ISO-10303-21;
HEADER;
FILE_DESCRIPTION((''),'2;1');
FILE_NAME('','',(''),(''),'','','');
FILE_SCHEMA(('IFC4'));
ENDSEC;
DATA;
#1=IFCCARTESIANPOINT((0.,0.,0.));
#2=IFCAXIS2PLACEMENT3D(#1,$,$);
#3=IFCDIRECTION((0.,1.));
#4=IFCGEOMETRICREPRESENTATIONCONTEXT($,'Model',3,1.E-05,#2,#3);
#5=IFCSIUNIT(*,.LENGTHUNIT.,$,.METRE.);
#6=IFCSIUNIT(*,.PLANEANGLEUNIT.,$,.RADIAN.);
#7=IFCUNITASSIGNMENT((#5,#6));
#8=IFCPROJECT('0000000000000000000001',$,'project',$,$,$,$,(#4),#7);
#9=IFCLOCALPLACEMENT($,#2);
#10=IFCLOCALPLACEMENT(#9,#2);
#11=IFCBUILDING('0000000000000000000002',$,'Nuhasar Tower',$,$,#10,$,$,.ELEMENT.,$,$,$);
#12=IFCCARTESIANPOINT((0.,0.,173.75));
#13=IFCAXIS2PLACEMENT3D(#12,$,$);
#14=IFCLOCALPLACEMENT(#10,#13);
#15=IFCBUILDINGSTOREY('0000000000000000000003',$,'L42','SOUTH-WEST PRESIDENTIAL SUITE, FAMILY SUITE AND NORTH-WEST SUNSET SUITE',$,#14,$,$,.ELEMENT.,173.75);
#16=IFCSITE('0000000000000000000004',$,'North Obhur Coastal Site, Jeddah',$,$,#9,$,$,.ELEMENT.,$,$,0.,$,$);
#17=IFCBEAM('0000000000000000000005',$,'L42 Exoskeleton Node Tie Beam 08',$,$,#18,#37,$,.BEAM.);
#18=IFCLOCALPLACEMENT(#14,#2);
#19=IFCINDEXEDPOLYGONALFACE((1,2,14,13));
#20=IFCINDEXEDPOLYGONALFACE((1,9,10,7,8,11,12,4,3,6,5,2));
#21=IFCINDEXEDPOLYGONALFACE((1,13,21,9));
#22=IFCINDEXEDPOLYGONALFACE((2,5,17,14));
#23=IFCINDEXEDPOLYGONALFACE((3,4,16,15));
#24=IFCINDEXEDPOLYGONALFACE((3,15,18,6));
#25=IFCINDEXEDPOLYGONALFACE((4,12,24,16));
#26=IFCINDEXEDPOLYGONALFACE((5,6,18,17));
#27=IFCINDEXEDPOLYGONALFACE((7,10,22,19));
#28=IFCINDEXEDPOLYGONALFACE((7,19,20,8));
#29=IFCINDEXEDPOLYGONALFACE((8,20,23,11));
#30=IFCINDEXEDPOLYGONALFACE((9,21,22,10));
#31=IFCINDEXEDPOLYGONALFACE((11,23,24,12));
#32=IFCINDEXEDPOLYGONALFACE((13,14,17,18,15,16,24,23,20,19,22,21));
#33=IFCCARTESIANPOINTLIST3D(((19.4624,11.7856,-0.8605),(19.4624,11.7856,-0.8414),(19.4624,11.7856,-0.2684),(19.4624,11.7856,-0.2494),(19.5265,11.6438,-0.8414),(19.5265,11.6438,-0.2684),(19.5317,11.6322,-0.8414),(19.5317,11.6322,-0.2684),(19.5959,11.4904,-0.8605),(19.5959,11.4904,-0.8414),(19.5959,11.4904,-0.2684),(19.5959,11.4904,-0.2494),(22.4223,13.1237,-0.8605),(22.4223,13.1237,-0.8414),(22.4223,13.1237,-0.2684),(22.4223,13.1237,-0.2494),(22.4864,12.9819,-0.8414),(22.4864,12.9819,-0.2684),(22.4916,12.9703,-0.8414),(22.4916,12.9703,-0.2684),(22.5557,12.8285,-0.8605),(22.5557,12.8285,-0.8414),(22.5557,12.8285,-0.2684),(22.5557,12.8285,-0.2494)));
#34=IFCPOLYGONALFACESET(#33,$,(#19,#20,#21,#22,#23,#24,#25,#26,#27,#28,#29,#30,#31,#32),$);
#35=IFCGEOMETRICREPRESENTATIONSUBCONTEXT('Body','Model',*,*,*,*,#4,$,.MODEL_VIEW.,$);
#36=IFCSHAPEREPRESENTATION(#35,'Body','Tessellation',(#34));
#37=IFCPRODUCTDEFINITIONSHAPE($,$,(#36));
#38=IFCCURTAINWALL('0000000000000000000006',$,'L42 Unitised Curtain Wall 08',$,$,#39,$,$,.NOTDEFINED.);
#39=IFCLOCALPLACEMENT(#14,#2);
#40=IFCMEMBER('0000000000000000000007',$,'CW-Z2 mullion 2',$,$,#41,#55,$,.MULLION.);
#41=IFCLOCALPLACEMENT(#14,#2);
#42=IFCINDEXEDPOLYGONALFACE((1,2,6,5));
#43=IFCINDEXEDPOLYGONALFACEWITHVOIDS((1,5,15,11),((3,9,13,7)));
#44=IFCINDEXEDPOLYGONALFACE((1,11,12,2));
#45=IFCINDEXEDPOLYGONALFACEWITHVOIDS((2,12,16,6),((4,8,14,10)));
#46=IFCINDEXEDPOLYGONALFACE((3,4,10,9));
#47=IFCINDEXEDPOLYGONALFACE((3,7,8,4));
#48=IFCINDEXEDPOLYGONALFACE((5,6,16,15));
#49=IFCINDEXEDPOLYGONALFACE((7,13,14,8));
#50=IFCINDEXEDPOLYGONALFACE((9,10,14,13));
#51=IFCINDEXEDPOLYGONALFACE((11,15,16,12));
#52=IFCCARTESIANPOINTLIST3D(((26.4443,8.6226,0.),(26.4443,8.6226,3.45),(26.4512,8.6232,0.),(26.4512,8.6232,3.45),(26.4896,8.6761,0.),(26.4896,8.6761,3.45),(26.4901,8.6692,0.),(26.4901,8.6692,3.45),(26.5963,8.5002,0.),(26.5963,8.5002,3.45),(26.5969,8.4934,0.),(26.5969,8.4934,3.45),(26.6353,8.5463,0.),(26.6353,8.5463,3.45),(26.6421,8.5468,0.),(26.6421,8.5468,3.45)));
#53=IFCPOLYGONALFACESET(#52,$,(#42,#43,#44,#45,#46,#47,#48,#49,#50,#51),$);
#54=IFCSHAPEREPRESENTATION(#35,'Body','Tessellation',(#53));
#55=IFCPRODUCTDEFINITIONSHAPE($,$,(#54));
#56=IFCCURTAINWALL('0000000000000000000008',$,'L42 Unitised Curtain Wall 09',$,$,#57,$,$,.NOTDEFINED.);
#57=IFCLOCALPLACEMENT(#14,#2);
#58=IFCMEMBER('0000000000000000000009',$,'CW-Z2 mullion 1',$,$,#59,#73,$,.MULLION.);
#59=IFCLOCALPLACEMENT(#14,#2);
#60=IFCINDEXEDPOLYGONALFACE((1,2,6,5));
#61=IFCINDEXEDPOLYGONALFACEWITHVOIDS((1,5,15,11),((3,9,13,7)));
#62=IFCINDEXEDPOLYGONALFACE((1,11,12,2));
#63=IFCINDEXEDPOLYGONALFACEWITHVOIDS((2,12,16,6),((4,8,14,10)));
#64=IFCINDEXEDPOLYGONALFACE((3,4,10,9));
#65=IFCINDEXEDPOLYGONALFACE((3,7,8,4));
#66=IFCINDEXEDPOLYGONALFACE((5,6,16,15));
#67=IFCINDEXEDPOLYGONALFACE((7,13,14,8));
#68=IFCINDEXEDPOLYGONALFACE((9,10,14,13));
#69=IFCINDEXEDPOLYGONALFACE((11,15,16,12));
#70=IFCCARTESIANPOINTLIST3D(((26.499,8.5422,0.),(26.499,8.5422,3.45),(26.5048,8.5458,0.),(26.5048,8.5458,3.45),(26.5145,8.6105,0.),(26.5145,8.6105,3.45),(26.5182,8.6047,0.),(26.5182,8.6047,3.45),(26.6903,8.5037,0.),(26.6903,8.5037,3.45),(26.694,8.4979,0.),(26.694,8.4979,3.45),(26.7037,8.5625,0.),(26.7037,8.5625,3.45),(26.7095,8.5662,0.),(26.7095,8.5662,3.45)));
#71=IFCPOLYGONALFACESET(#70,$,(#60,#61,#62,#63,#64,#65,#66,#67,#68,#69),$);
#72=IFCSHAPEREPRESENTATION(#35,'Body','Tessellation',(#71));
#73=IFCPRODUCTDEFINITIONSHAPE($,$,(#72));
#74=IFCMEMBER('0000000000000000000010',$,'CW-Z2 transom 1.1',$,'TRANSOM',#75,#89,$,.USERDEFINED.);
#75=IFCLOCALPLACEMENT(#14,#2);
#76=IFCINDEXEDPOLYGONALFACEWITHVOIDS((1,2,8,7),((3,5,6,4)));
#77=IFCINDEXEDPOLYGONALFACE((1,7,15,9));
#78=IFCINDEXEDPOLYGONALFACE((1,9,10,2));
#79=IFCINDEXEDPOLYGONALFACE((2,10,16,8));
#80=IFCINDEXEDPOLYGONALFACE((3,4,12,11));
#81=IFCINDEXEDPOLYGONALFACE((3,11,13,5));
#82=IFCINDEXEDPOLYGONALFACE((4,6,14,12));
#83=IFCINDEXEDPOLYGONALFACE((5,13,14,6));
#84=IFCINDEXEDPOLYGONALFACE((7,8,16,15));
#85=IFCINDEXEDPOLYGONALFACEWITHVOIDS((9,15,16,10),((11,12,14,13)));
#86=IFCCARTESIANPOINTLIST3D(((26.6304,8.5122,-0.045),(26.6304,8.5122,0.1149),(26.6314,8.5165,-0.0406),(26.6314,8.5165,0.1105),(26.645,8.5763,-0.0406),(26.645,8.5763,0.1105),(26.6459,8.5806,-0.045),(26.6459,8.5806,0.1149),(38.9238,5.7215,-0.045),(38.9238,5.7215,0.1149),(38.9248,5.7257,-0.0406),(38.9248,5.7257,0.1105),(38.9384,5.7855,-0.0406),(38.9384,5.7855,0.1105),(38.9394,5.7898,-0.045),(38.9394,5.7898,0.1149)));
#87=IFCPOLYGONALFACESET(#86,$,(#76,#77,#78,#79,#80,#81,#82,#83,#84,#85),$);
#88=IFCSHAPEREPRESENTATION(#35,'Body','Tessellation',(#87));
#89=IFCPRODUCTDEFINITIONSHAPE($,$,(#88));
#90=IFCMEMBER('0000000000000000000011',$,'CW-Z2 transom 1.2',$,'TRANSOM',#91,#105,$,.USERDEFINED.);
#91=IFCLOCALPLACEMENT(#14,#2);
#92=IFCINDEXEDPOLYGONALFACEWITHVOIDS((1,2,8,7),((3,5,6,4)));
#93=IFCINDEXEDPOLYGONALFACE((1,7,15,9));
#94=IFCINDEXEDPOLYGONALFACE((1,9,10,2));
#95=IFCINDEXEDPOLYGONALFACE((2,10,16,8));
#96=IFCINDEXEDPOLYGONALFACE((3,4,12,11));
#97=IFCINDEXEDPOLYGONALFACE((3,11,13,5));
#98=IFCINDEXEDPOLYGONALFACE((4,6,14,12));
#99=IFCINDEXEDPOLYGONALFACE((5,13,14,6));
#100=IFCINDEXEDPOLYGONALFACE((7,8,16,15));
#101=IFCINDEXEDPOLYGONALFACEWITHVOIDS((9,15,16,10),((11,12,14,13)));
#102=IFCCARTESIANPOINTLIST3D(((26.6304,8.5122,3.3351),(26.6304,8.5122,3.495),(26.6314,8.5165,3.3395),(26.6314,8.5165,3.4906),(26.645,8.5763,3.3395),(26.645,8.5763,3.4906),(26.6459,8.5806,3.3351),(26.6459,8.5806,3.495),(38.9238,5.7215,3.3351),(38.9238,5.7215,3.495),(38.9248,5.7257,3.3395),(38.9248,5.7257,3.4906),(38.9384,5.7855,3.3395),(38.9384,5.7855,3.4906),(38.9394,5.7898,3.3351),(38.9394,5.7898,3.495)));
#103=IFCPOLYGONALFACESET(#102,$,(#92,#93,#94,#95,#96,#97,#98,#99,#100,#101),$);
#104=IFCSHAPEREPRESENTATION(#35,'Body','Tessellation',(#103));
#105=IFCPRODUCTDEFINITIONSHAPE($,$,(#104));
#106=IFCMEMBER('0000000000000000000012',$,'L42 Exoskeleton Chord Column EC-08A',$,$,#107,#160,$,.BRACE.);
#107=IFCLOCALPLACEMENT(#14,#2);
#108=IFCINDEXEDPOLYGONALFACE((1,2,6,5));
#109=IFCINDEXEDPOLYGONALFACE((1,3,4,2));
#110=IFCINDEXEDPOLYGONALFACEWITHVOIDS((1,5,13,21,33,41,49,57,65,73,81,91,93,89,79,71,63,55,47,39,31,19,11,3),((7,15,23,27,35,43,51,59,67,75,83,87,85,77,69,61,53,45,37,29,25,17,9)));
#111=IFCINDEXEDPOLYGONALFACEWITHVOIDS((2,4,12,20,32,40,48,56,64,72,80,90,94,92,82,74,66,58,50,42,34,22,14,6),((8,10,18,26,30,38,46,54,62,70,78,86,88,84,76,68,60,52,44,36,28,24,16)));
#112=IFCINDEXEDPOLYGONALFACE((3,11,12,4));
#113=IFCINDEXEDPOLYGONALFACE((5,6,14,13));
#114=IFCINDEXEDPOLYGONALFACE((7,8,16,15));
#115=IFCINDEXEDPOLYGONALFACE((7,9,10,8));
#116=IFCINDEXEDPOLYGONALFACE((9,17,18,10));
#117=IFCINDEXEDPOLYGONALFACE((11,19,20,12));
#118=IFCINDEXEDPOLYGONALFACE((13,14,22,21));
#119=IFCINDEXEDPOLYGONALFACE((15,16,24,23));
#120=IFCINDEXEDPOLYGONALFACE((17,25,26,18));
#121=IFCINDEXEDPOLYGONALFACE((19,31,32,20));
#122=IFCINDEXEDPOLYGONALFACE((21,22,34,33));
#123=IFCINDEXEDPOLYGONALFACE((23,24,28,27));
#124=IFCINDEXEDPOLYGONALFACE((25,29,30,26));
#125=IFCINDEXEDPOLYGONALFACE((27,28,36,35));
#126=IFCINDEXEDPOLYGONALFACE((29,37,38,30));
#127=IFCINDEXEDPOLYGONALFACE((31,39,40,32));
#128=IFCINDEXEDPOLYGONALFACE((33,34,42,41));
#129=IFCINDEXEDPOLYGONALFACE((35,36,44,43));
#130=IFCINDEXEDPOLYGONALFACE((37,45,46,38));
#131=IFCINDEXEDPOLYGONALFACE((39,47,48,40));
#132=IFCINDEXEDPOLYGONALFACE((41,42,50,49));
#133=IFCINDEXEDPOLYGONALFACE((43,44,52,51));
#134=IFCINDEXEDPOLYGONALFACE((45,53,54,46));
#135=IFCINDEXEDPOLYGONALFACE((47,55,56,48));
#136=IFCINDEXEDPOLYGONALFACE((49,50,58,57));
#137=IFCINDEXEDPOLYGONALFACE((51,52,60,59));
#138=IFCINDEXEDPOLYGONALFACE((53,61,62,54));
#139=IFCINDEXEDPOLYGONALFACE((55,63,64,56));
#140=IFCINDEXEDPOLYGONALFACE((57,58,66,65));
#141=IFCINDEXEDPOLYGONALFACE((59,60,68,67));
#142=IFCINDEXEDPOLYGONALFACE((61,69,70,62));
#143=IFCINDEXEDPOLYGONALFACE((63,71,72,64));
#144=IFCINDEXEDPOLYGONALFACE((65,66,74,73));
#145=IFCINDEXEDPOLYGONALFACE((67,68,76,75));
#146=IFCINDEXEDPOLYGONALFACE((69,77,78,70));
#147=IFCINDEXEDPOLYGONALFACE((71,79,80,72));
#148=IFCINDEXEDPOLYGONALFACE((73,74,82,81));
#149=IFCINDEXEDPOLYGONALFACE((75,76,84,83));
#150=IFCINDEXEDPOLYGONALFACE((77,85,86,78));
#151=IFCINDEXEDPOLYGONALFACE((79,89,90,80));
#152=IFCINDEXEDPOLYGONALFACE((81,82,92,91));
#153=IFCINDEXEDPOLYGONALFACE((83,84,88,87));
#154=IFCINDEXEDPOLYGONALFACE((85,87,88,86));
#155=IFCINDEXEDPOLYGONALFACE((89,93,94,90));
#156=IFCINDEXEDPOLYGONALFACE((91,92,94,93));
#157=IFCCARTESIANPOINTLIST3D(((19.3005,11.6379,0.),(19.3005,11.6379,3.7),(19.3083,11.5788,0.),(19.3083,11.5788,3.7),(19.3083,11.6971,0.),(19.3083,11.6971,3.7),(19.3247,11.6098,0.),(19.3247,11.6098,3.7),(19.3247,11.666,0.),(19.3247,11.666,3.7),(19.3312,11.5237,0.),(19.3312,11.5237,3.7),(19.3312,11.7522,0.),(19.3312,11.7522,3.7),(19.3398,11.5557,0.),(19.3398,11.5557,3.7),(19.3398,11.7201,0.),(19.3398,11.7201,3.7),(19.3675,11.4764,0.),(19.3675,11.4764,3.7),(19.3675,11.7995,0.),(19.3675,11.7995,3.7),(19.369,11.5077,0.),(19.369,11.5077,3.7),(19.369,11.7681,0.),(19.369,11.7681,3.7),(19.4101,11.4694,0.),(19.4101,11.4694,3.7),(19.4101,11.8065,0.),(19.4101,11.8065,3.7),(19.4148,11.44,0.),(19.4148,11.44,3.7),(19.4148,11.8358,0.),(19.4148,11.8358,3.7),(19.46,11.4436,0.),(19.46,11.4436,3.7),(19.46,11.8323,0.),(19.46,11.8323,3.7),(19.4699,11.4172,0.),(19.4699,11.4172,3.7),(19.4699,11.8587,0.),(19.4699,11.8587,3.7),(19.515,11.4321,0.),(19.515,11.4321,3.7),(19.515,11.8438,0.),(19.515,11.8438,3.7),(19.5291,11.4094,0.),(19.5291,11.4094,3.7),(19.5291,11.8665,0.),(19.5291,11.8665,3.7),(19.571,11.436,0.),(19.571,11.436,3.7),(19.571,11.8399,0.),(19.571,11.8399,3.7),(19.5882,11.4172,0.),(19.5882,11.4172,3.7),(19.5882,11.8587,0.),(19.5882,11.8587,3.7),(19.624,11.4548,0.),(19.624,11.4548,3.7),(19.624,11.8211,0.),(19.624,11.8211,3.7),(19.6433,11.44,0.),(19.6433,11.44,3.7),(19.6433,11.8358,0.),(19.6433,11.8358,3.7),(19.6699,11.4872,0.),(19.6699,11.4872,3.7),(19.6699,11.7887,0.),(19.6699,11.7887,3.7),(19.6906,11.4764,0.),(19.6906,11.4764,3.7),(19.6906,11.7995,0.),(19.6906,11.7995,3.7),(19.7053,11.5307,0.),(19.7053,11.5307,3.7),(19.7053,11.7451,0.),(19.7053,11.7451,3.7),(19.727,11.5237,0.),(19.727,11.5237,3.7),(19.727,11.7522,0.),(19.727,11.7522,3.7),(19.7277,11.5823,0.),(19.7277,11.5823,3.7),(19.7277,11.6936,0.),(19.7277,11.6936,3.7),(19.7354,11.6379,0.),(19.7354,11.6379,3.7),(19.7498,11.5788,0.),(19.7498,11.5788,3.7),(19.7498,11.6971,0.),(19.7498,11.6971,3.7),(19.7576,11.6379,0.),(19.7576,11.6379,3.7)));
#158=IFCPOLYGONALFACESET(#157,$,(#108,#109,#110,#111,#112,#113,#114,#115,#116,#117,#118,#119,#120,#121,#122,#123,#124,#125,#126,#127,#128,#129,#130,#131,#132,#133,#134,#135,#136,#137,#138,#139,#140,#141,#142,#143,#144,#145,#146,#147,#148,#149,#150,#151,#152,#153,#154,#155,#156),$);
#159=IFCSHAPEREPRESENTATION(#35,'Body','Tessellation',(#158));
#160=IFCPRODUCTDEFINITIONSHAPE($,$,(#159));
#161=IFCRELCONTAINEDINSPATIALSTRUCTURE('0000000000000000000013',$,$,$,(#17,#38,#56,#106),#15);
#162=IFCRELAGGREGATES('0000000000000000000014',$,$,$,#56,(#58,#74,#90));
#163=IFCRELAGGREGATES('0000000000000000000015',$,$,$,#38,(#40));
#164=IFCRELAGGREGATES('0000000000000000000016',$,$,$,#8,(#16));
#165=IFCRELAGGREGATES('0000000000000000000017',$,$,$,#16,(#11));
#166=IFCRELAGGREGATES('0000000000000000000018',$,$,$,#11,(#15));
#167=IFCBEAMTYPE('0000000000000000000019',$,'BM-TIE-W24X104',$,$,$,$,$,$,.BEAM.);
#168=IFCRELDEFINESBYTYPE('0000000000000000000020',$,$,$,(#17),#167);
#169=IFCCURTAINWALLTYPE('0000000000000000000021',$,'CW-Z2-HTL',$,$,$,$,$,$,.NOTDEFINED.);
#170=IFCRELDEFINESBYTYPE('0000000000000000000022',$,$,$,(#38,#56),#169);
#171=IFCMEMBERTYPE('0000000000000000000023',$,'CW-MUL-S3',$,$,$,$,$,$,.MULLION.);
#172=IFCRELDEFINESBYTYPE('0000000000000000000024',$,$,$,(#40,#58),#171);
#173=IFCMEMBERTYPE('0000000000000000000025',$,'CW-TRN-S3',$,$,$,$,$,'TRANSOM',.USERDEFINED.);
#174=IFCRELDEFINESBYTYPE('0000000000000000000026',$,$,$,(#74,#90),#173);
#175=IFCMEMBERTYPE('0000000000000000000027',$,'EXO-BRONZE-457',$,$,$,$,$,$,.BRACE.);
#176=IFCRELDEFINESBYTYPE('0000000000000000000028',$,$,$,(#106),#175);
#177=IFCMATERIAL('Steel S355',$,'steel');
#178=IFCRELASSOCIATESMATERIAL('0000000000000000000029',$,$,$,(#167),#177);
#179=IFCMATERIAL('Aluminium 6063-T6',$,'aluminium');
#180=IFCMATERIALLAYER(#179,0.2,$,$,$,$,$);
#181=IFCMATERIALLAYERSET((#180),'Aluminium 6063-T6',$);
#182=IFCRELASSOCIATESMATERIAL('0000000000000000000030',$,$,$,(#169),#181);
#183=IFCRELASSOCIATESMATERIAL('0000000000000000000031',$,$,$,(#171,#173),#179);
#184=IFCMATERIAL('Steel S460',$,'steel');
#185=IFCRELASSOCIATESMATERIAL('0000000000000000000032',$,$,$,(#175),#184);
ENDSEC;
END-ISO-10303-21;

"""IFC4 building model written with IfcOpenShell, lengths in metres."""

from ifc_helpers import new_model, si_unit, direction, frame, origin, origin_2d, place, context, subcontext, project, spatial, hollow_rectangle, hollow_circle, i_section, extrude, material, layer, layer_set, material_profile, profile_set, type_object, element, aggregate, save


model = new_model("IFC4")

# Units and contexts
model_context = context("Model", 3, precision=1e-05, world=origin(), true_north=direction((0.0, 1.0)))
body_context = subcontext(model_context, "Body", "Model", "MODEL_VIEW")
ifc_project = project(units=[si_unit("LENGTHUNIT", "METRE"), si_unit("PLANEANGLEUNIT", "RADIAN")], contexts=[model_context])

# Site, building, storey
site_placement = place(None, origin())
site = spatial("IfcSite", under=ifc_project, at=site_placement, Name="North Obhur Coastal Site, Jeddah", CompositionType="ELEMENT", RefElevation=0.0)
building_placement = place(site_placement, origin())
building = spatial("IfcBuilding", under=site, at=building_placement, Name="Nuhasar Tower", CompositionType="ELEMENT")
storey_placement = place(building_placement, frame((0.0, 0.0, 173.75)))
storey = spatial("IfcBuildingStorey", under=building, at=storey_placement, Name="L42", Description="SOUTH-WEST PRESIDENTIAL SUITE, FAMILY SUITE AND NORTH-WEST SUNSET SUITE", CompositionType="ELEMENT", Elevation=173.75)

# Beam
ifc_material_1 = material(Name="Steel S355", Category="steel")
ifc_material_profile_1 = material_profile(ifc_material_1, i_section(OverallWidth=0.324, OverallDepth=0.6111, WebThickness=0.0127, FlangeThickness=0.019, at=origin_2d()), Name="W24X104")
ifc_profile_set_1 = profile_set([ifc_material_profile_1], Name="Steel S355")
beam_type_1 = type_object("IfcBeamType", Name="BM-TIE-W24X104", PredefinedType="BEAM", material=ifc_profile_set_1)
beam_1_placement = place(storey_placement, frame((22.489, 12.9761, -0.5549), z_axis=(-0.911211, -0.411939, 0.0), x_axis=(0.411939, -0.911211, 0.0)))
element("IfcBeam", 1, at=beam_1_placement, inside=storey, type_object=beam_type_1, Name="L42 Exoskeleton Node Tie Beam 08", PredefinedType="BEAM", context=body_context, shape_type="SweptSolid", body=[
    extrude(i_section(OverallWidth=0.324, OverallDepth=0.6111, WebThickness=0.0127, FlangeThickness=0.019, at=origin_2d()), origin(), (0.0, 0.0, 1.0), 3.2483),
])

# Curtain wall, member
ifc_material_2 = material(Name="Aluminium 6063-T6", Category="aluminium")
ifc_layer_1 = layer(ifc_material_2, 0.2)
ifc_layer_set_1 = layer_set([ifc_layer_1], Name="Aluminium 6063-T6")
curtain_wall_type = type_object("IfcCurtainWallType", Name="CW-Z2-HTL", PredefinedType="NOTDEFINED", material=ifc_layer_set_1)
curtain_wall_1_placement = place(storey_placement, origin())
curtain_wall_1 = element("IfcCurtainWall", 2, at=curtain_wall_1_placement, inside=storey, type_object=curtain_wall_type, Name="L42 Unitised Curtain Wall 08", PredefinedType="NOTDEFINED")
ifc_material_profile_2 = material_profile(ifc_material_2, hollow_rectangle(XDim=0.0701, YDim=0.2, WallThickness=0.0049, at=origin_2d()), Name="CWM-3")
ifc_profile_set_2 = profile_set([ifc_material_profile_2], Name="Aluminium 6063-T6")
member_type_1 = type_object("IfcMemberType", Name="CW-MUL-S3", PredefinedType="MULLION", material=ifc_profile_set_2)
member_1_placement = place(storey_placement, frame((26.5432, 8.5847, 0.0), z_axis=(0.0, 0.0, 1.0), x_axis=(0.646374, 0.76302, 0.0)))
member_1 = element("IfcMember", 3, at=member_1_placement, type_object=member_type_1, Name="CW-Z2 mullion 2", PredefinedType="MULLION", context=body_context, shape_type="SweptSolid", body=[
    extrude(hollow_rectangle(XDim=0.0701, YDim=0.2, WallThickness=0.0049, at=origin_2d()), origin(), (0.0, 0.0, 1.0), 3.45),
])

# Curtain wall, members
curtain_wall_2_placement = place(storey_placement, origin())
curtain_wall_2 = element("IfcCurtainWall", 4, at=curtain_wall_2_placement, inside=storey, type_object=curtain_wall_type, Name="L42 Unitised Curtain Wall 09", PredefinedType="NOTDEFINED")
member_2_placement = place(storey_placement, frame((26.6042, 8.5542, 0.0), z_axis=(0.0, 0.0, 1.0), x_axis=(0.221397, 0.975184, 0.0)))
member_2 = element("IfcMember", 5, at=member_2_placement, type_object=member_type_1, Name="CW-Z2 mullion 1", PredefinedType="MULLION", context=body_context, shape_type="SweptSolid", body=[
    extrude(hollow_rectangle(XDim=0.0701, YDim=0.2, WallThickness=0.0049, at=origin_2d()), origin(), (0.0, 0.0, 1.0), 3.45),
])
ifc_material_profile_3 = material_profile(ifc_material_2, hollow_rectangle(XDim=0.0701, YDim=0.1599, WallThickness=0.0044, at=origin_2d()), Name="CWT-3")
ifc_profile_set_3 = profile_set([ifc_material_profile_3], Name="Aluminium 6063-T6")
member_type_2 = type_object("IfcMemberType", Name="CW-TRN-S3", ElementType="TRANSOM", PredefinedType="USERDEFINED", material=ifc_profile_set_3)
member_3_placement = place(storey_placement, frame((26.6382, 8.5464, 0.0349), z_axis=(0.975188, -0.22138, 0.0), x_axis=(0.22138, 0.975188, 0.0)))
member_3 = element("IfcMember", 6, at=member_3_placement, type_object=member_type_2, Name="CW-Z2 transom 1.1", ObjectType="TRANSOM", PredefinedType="USERDEFINED", context=body_context, shape_type="SweptSolid", body=[
    extrude(hollow_rectangle(XDim=0.0701, YDim=0.1599, WallThickness=0.0044, at=origin_2d()), origin(), (0.0, 0.0, 1.0), 12.6062),
])
member_4_placement = place(storey_placement, frame((26.6382, 8.5464, 3.415), z_axis=(0.975188, -0.22138, 0.0), x_axis=(0.22138, 0.975188, 0.0)))
member_4 = element("IfcMember", 7, at=member_4_placement, type_object=member_type_2, Name="CW-Z2 transom 1.2", ObjectType="TRANSOM", PredefinedType="USERDEFINED", context=body_context, shape_type="SweptSolid", body=[
    extrude(hollow_rectangle(XDim=0.0701, YDim=0.1599, WallThickness=0.0044, at=origin_2d()), origin(), (0.0, 0.0, 1.0), 12.6062),
])
aggregate(curtain_wall_2, [member_2, member_3, member_4])

# Member
ifc_material_3 = material(Name="Steel S460", Category="steel")
ifc_material_profile_4 = material_profile(ifc_material_3, hollow_circle(Radius=0.2285, WallThickness=0.0222, at=origin_2d()), Name="HSS457X22.2")
ifc_profile_set_4 = profile_set([ifc_material_profile_4], Name="Steel S460")
member_type_3 = type_object("IfcMemberType", Name="EXO-BRONZE-457", PredefinedType="BRACE", material=ifc_profile_set_4)
for number, where, z_axis, x_axis, name in (
    (8, (19.5291, 11.6379, 0.0), (0.0, 0.0, 1.0), (1.0, 0.0, 0.0), "L42 Exoskeleton Chord Column EC-08A"),
):
    element("IfcMember", number, at=place(storey_placement, frame(where, z_axis=z_axis, x_axis=x_axis)), inside=storey, type_object=member_type_3, Name=name, PredefinedType="BRACE", context=body_context, shape_type="SweptSolid", body=[
        extrude(hollow_circle(Radius=0.2285, WallThickness=0.0222, at=origin_2d()), origin(), (0.0, 0.0, 1.0), 3.7),
    ])

aggregate(curtain_wall_1, [member_1])

save(model, "model.ifc")
